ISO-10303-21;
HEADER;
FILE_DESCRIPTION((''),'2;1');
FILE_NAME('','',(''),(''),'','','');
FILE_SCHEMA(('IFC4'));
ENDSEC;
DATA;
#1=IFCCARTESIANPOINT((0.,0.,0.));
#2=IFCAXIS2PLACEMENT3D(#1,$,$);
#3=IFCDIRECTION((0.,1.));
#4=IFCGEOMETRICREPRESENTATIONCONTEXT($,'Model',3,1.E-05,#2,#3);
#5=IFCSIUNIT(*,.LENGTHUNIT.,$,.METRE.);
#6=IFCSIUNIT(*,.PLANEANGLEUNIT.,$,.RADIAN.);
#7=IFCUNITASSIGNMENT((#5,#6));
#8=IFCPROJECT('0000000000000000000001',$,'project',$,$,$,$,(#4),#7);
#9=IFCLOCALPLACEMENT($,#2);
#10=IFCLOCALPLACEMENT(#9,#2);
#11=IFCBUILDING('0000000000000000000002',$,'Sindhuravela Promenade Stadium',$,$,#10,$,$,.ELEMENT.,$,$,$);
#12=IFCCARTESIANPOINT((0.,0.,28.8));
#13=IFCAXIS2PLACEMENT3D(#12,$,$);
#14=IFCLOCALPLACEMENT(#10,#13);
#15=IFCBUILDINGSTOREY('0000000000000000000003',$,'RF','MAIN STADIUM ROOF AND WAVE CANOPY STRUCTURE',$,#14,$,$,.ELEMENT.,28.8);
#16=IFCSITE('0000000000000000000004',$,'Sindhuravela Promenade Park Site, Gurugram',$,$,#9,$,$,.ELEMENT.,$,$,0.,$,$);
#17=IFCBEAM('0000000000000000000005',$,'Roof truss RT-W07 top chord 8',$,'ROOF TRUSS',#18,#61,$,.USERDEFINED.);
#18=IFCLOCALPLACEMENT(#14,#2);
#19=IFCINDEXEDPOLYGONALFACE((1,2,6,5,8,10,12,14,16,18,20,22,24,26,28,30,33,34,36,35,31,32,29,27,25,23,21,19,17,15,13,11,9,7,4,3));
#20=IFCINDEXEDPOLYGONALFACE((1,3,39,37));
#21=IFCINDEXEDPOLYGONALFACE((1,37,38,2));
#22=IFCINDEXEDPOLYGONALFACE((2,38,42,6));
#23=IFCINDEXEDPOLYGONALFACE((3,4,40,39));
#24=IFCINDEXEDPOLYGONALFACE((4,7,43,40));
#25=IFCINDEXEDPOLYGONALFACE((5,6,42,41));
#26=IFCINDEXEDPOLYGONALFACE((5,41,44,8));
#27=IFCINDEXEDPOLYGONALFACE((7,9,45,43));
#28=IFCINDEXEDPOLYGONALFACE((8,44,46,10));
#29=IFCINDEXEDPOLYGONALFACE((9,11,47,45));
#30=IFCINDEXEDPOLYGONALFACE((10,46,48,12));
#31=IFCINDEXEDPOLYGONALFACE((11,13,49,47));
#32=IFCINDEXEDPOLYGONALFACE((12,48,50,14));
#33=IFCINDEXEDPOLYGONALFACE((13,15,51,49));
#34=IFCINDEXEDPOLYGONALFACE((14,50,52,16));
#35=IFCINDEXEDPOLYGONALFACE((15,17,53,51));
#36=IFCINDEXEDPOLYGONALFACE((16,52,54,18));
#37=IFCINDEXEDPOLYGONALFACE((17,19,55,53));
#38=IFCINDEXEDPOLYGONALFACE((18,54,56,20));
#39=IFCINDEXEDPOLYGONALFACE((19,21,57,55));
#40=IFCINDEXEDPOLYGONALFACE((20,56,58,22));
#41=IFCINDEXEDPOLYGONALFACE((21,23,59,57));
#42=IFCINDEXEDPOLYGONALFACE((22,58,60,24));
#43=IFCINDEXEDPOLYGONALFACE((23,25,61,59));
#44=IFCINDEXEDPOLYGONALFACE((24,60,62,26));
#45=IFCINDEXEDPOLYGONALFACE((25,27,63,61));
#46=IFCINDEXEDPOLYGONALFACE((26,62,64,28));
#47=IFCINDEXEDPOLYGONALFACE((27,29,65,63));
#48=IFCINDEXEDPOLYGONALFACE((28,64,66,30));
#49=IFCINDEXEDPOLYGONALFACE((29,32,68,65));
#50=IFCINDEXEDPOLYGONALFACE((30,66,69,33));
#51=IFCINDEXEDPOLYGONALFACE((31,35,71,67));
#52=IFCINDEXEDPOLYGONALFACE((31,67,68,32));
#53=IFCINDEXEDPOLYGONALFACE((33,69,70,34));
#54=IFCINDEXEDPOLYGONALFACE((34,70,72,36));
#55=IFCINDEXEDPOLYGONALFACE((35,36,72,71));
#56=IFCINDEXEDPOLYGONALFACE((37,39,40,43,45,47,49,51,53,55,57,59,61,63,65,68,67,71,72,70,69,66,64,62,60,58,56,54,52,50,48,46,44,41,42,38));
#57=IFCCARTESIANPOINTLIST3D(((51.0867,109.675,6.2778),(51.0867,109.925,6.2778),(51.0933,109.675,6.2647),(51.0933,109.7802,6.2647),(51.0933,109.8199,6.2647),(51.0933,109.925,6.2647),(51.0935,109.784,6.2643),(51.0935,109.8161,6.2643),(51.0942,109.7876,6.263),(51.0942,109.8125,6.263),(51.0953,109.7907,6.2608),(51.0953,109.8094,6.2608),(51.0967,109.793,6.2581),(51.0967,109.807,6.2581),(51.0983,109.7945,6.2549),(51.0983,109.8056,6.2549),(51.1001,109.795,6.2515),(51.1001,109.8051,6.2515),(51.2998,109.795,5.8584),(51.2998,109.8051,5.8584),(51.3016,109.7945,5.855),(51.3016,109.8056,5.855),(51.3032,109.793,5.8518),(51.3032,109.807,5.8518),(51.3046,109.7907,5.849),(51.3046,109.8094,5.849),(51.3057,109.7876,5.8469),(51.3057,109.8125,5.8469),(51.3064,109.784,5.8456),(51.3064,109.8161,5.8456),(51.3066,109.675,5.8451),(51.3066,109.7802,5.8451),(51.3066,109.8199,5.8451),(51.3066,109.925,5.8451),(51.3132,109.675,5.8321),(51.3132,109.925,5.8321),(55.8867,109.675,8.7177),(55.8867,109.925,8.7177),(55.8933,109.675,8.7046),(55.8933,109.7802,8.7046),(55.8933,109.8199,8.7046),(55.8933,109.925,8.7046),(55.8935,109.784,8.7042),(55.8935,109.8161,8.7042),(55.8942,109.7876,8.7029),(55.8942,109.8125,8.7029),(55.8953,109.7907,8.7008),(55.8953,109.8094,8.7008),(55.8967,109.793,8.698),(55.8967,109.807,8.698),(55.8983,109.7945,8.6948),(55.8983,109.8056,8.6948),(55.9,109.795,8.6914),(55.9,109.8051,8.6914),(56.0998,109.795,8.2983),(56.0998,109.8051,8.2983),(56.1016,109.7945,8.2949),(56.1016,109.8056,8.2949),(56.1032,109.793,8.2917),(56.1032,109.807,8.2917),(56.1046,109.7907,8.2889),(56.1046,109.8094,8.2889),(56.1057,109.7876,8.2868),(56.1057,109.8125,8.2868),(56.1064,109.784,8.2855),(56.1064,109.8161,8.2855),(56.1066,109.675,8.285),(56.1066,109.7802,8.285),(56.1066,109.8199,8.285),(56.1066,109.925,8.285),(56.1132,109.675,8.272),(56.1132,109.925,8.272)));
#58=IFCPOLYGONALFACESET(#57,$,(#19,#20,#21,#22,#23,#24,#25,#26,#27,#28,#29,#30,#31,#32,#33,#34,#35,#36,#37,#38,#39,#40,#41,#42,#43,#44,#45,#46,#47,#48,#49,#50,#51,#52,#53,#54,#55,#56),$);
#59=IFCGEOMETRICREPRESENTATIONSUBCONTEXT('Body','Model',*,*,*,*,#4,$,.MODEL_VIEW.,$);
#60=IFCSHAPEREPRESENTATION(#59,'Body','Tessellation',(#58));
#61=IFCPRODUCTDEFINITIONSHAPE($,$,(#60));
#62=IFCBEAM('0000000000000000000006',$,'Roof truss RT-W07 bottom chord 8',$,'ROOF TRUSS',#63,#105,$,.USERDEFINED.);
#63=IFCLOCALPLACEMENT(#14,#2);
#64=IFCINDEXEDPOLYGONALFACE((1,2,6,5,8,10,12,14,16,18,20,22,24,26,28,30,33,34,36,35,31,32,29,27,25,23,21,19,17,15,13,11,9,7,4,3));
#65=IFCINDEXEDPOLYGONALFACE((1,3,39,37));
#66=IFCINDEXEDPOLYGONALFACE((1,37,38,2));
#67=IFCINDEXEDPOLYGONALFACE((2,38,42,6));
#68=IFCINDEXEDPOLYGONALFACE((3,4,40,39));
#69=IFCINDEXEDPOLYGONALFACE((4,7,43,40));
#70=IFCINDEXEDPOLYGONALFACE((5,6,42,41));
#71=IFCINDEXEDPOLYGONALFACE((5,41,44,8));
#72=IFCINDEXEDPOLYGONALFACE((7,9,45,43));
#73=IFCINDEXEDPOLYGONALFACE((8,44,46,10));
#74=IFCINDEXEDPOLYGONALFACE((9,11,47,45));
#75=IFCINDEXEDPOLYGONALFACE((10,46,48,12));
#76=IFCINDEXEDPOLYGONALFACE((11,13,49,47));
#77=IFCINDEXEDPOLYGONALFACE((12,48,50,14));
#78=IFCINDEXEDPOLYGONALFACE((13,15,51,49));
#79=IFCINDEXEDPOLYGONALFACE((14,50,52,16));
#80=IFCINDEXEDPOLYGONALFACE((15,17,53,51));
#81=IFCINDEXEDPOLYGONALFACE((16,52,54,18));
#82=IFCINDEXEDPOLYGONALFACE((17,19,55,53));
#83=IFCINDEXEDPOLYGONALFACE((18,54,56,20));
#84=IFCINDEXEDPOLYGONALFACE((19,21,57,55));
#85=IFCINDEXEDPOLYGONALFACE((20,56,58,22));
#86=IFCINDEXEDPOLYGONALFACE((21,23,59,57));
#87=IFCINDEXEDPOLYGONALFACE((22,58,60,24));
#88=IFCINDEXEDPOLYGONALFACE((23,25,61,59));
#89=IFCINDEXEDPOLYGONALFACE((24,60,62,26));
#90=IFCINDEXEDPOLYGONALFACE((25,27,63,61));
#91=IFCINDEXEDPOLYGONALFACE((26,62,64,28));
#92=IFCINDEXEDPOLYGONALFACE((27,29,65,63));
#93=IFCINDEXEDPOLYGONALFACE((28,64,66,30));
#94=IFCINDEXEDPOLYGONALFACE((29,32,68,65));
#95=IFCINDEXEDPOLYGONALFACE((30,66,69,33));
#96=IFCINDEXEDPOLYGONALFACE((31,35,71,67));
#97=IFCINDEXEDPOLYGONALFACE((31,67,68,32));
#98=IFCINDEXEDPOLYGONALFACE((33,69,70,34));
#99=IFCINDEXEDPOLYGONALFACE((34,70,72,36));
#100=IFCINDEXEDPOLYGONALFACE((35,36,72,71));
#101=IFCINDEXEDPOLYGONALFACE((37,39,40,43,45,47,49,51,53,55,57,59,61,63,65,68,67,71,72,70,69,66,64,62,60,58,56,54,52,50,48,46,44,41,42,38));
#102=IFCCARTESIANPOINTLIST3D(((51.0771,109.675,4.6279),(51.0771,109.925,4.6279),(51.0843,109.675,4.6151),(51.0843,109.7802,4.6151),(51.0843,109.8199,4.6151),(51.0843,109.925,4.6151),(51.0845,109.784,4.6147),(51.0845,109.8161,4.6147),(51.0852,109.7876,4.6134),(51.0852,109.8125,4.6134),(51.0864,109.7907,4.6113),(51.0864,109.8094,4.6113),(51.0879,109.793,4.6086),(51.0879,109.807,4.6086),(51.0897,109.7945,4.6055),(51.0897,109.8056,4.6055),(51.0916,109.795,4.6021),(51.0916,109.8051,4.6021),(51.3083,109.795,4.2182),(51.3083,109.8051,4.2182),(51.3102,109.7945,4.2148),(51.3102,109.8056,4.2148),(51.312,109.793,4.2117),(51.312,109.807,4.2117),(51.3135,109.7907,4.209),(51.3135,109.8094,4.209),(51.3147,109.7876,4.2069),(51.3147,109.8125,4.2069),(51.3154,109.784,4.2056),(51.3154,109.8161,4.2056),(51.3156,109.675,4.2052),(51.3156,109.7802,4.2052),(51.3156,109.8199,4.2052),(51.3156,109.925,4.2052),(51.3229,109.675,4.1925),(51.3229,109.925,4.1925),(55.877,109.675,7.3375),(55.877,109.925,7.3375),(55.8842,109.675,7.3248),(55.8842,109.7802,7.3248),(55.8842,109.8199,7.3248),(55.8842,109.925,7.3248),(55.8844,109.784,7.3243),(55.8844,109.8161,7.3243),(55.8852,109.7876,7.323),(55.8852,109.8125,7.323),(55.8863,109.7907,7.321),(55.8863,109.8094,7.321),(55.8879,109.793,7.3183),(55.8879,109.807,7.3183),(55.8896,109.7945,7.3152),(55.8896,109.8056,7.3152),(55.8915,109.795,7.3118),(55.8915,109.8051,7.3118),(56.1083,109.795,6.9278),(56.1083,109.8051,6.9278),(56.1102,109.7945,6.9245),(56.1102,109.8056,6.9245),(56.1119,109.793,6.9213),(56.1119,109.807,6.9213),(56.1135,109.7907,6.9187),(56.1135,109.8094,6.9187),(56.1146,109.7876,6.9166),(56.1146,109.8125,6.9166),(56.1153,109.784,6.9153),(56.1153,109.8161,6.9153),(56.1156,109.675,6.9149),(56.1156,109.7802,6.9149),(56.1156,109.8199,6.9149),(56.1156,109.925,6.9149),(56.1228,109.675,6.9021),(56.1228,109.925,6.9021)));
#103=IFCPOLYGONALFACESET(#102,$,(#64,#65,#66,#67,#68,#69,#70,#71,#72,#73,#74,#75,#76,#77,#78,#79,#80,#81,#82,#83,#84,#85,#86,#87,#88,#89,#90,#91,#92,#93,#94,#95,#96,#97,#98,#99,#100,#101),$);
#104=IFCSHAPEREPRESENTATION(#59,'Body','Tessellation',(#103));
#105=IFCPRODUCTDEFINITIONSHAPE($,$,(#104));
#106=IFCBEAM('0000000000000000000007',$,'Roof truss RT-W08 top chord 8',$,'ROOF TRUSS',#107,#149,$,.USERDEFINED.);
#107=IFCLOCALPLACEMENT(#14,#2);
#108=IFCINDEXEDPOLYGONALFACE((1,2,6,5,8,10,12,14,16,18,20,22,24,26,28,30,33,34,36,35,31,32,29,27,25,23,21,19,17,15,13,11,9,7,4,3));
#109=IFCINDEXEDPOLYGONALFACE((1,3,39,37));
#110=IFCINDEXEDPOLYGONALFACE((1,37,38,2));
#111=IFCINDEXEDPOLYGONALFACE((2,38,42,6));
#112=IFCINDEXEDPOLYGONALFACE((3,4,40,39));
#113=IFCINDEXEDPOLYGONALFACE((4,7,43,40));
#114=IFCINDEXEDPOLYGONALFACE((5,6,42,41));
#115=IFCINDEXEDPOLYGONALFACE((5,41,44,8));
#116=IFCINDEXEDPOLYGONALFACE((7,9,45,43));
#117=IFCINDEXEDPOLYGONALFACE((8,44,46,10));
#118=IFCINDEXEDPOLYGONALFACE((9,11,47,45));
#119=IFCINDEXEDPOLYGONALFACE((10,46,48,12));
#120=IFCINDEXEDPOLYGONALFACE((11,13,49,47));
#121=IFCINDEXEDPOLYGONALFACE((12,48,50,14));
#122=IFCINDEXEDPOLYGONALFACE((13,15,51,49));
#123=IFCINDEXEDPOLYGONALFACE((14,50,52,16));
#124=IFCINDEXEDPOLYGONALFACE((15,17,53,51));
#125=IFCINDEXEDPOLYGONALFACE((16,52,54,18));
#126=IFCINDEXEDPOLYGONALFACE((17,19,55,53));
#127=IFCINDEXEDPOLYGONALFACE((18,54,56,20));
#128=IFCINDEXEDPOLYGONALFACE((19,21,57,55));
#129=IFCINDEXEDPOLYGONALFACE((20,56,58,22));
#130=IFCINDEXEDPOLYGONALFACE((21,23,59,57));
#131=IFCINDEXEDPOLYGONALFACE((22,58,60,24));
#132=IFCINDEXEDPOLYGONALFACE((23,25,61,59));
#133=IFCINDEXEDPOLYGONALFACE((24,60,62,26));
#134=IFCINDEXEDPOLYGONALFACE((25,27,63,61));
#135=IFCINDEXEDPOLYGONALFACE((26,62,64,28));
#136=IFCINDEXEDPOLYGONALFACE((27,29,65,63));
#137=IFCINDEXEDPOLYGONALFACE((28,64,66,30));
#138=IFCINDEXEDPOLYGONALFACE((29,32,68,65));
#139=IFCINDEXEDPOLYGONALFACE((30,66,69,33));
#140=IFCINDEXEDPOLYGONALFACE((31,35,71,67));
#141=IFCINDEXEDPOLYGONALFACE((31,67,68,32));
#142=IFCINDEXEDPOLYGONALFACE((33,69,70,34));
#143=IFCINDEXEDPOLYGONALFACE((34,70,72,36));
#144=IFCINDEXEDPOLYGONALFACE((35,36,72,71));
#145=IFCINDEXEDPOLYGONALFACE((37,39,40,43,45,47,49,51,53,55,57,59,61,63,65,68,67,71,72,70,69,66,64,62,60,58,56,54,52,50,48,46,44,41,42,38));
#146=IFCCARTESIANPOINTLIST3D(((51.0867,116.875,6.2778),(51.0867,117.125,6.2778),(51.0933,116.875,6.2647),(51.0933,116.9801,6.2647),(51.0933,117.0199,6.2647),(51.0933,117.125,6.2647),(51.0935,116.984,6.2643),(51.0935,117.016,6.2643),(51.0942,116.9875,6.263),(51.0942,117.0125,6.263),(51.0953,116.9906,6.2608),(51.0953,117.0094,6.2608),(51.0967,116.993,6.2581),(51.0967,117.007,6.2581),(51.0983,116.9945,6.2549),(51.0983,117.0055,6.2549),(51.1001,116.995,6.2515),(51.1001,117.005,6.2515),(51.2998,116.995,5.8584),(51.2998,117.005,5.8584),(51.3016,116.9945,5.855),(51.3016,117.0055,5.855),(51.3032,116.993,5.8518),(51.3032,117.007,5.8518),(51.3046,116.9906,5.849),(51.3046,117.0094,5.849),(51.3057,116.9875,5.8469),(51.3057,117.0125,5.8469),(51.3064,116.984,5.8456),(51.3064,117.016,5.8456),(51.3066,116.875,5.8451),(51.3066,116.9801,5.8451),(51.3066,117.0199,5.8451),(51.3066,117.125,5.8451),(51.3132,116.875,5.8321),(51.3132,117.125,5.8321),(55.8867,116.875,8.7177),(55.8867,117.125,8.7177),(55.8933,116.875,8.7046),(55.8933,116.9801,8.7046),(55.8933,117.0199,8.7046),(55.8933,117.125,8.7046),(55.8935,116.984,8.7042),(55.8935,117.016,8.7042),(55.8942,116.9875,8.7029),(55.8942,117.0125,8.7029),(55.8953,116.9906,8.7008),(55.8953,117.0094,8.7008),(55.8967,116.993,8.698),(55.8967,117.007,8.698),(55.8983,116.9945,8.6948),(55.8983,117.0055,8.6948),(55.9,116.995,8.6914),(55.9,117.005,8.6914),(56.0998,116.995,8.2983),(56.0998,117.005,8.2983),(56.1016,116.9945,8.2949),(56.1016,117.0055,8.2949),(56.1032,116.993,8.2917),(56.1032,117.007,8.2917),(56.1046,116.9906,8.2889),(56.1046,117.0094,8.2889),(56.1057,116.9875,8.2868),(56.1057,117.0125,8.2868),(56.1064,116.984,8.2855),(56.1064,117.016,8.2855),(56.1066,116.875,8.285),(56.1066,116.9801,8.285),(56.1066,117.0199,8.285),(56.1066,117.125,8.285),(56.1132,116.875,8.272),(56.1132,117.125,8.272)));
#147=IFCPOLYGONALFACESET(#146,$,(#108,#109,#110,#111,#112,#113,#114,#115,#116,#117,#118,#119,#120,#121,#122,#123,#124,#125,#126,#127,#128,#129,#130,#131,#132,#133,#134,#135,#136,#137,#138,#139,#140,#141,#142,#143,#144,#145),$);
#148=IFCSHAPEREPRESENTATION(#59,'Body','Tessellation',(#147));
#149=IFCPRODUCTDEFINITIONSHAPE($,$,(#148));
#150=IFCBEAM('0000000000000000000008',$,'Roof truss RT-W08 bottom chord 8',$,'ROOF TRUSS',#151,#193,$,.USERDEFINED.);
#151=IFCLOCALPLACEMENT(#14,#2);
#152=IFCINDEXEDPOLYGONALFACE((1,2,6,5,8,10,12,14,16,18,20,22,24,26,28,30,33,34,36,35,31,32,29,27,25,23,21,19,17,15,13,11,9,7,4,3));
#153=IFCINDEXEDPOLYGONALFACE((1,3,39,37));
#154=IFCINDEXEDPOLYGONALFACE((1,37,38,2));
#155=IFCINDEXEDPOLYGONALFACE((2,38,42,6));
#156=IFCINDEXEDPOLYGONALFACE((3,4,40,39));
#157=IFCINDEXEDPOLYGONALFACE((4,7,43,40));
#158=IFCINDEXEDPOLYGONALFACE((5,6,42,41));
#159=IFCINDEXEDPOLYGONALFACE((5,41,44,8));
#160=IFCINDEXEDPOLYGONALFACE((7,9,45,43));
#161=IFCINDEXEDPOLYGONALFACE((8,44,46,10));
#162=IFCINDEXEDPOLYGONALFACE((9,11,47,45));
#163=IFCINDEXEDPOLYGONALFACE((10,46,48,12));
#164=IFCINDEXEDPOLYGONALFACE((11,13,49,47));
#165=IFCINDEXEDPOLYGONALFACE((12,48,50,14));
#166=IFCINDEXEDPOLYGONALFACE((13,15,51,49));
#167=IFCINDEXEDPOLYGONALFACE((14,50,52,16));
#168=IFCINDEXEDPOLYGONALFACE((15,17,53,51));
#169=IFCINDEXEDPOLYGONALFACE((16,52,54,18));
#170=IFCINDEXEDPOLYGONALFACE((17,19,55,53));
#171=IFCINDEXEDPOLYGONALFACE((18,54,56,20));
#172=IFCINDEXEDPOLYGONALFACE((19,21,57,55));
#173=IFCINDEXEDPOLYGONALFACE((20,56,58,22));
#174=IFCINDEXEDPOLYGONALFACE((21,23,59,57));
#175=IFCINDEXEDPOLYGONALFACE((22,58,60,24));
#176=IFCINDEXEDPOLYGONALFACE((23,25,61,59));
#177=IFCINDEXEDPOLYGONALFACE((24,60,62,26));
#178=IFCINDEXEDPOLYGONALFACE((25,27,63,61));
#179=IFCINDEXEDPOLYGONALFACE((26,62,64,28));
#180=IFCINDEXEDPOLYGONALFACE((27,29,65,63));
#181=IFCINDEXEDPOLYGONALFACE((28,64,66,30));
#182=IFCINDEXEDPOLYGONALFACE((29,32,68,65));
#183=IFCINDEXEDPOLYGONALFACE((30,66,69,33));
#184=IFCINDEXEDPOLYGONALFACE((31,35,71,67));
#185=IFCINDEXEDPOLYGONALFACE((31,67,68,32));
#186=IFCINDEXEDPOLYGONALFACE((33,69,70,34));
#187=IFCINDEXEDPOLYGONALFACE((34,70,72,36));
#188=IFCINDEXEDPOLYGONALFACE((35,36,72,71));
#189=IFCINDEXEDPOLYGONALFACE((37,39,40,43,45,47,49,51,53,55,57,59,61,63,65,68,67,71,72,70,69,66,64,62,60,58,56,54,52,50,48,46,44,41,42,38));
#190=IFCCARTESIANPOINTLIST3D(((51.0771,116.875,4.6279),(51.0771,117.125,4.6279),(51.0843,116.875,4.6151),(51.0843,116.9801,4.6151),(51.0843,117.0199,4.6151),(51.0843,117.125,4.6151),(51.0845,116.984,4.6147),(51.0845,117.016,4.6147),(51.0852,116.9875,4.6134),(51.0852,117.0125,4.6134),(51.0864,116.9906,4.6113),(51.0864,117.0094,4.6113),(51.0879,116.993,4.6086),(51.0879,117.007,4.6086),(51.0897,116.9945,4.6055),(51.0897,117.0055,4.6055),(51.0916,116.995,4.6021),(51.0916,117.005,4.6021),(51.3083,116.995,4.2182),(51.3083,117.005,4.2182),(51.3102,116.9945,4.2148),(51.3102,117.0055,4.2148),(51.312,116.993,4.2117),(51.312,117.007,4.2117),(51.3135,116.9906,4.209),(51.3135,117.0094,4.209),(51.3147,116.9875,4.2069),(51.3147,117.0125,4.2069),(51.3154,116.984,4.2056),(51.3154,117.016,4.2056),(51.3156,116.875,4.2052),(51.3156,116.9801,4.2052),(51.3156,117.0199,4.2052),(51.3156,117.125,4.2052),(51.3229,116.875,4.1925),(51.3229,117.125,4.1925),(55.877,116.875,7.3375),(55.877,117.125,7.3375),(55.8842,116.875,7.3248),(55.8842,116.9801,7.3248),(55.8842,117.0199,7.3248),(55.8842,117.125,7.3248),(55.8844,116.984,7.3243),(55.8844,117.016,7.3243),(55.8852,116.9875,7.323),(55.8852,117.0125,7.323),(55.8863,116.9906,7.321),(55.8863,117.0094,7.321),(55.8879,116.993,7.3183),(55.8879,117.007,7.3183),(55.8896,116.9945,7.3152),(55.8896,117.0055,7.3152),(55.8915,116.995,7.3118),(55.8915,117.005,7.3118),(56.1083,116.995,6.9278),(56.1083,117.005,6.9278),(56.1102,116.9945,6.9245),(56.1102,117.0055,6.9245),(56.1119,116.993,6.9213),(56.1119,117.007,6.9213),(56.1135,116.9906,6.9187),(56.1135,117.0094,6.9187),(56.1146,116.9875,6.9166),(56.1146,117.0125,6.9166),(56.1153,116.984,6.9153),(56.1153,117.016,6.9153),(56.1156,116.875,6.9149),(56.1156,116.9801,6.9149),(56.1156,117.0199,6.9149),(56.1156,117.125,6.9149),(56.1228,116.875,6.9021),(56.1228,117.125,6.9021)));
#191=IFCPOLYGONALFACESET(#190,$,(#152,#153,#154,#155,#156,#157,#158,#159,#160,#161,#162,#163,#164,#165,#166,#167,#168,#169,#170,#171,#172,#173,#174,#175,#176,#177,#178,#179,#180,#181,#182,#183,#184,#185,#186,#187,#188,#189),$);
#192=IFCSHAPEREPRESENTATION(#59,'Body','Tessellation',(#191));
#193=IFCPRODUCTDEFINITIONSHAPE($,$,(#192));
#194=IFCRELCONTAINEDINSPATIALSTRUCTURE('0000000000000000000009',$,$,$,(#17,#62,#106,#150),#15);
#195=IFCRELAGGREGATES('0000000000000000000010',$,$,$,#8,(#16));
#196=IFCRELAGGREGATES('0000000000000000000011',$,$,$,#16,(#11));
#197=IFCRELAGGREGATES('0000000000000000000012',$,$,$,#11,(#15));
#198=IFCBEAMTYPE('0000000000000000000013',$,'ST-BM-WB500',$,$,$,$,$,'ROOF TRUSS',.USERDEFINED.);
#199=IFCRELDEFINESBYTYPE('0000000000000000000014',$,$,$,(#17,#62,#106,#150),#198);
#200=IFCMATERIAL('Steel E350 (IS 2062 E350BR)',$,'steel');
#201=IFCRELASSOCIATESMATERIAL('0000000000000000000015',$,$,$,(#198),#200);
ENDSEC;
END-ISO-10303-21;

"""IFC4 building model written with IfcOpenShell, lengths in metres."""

from ifc_helpers import new_model, si_unit, direction, frame, origin, origin_2d, place, context, subcontext, project, spatial, i_section, extrude, material, material_profile, profile_set, type_object, element, save


model = new_model("IFC4")

# Units and contexts
model_context = context("Model", 3, precision=1e-05, world=origin(), true_north=direction((0.0, 1.0)))
body_context = subcontext(model_context, "Body", "Model", "MODEL_VIEW")
ifc_project = project(units=[si_unit("LENGTHUNIT", "METRE"), si_unit("PLANEANGLEUNIT", "RADIAN")], contexts=[model_context])

# Site, building, storey
site_placement = place(None, origin())
site = spatial("IfcSite", under=ifc_project, at=site_placement, Name="Sindhuravela Promenade Park Site, Gurugram", CompositionType="ELEMENT", RefElevation=0.0)
building_placement = place(site_placement, origin())
building = spatial("IfcBuilding", under=site, at=building_placement, Name="Sindhuravela Promenade Stadium", CompositionType="ELEMENT")
storey_placement = place(building_placement, frame((0.0, 0.0, 28.8)))
storey = spatial("IfcBuildingStorey", under=building, at=storey_placement, Name="RF", Description="MAIN STADIUM ROOF AND WAVE CANOPY STRUCTURE", CompositionType="ELEMENT", Elevation=28.8)

# Beams
ifc_material_1 = material(Name="Steel E350 (IS 2062 E350BR)", Category="steel")
ifc_material_profile_1 = material_profile(ifc_material_1, i_section(OverallWidth=0.25, OverallDepth=0.5, WebThickness=0.01, FlangeThickness=0.0146, FilletRadius=0.0149, at=origin_2d()), Name="ISWB 500")
ifc_profile_set_1 = profile_set([ifc_material_profile_1], Name="Steel E350 (IS 2062 E350BR)")
beam_type = type_object("IfcBeamType", Name="ST-BM-WB500", ElementType="ROOF TRUSS", PredefinedType="USERDEFINED", material=ifc_profile_set_1)
beam_1_placement = place(storey_placement, frame((51.2, 109.8, 6.0549), z_axis=(0.891442, 0.0, 0.453134), x_axis=(0.0, 1.0, 0.0)))
element("IfcBeam", 1, at=beam_1_placement, inside=storey, type_object=beam_type, Name="Roof truss RT-W07 top chord 8", ObjectType="ROOF TRUSS", PredefinedType="USERDEFINED", context=body_context, shape_type="SweptSolid", body=[
    extrude(i_section(OverallWidth=0.25, OverallDepth=0.5, WebThickness=0.01, FlangeThickness=0.0146, FilletRadius=0.0149, at=origin_2d()), origin(), (0.0, 0.0, 1.0), 5.3845),
])
beam_2_placement = place(storey_placement, frame((51.2, 109.8, 4.4102), z_axis=(0.870823, 0.0, 0.491596), x_axis=(0.0, 1.0, 0.0)))
element("IfcBeam", 2, at=beam_2_placement, inside=storey, type_object=beam_type, Name="Roof truss RT-W07 bottom chord 8", ObjectType="ROOF TRUSS", PredefinedType="USERDEFINED", context=body_context, shape_type="SweptSolid", body=[
    extrude(i_section(OverallWidth=0.25, OverallDepth=0.5, WebThickness=0.01, FlangeThickness=0.0146, FilletRadius=0.0149, at=origin_2d()), origin(), (0.0, 0.0, 1.0), 5.512),
])
beam_3_placement = place(storey_placement, frame((51.2, 117.0, 6.0549), z_axis=(0.891442, 0.0, 0.453134), x_axis=(0.0, 1.0, 0.0)))
element("IfcBeam", 3, at=beam_3_placement, inside=storey, type_object=beam_type, Name="Roof truss RT-W08 top chord 8", ObjectType="ROOF TRUSS", PredefinedType="USERDEFINED", context=body_context, shape_type="SweptSolid", body=[
    extrude(i_section(OverallWidth=0.25, OverallDepth=0.5, WebThickness=0.01, FlangeThickness=0.0146, FilletRadius=0.0149, at=origin_2d()), origin(), (0.0, 0.0, 1.0), 5.3845),
])
beam_4_placement = place(storey_placement, frame((51.2, 117.0, 4.4102), z_axis=(0.870823, 0.0, 0.491596), x_axis=(0.0, 1.0, 0.0)))
element("IfcBeam", 4, at=beam_4_placement, inside=storey, type_object=beam_type, Name="Roof truss RT-W08 bottom chord 8", ObjectType="ROOF TRUSS", PredefinedType="USERDEFINED", context=body_context, shape_type="SweptSolid", body=[
    extrude(i_section(OverallWidth=0.25, OverallDepth=0.5, WebThickness=0.01, FlangeThickness=0.0146, FilletRadius=0.0149, at=origin_2d()), origin(), (0.0, 0.0, 1.0), 5.512),
])

save(model, "model.ifc")
